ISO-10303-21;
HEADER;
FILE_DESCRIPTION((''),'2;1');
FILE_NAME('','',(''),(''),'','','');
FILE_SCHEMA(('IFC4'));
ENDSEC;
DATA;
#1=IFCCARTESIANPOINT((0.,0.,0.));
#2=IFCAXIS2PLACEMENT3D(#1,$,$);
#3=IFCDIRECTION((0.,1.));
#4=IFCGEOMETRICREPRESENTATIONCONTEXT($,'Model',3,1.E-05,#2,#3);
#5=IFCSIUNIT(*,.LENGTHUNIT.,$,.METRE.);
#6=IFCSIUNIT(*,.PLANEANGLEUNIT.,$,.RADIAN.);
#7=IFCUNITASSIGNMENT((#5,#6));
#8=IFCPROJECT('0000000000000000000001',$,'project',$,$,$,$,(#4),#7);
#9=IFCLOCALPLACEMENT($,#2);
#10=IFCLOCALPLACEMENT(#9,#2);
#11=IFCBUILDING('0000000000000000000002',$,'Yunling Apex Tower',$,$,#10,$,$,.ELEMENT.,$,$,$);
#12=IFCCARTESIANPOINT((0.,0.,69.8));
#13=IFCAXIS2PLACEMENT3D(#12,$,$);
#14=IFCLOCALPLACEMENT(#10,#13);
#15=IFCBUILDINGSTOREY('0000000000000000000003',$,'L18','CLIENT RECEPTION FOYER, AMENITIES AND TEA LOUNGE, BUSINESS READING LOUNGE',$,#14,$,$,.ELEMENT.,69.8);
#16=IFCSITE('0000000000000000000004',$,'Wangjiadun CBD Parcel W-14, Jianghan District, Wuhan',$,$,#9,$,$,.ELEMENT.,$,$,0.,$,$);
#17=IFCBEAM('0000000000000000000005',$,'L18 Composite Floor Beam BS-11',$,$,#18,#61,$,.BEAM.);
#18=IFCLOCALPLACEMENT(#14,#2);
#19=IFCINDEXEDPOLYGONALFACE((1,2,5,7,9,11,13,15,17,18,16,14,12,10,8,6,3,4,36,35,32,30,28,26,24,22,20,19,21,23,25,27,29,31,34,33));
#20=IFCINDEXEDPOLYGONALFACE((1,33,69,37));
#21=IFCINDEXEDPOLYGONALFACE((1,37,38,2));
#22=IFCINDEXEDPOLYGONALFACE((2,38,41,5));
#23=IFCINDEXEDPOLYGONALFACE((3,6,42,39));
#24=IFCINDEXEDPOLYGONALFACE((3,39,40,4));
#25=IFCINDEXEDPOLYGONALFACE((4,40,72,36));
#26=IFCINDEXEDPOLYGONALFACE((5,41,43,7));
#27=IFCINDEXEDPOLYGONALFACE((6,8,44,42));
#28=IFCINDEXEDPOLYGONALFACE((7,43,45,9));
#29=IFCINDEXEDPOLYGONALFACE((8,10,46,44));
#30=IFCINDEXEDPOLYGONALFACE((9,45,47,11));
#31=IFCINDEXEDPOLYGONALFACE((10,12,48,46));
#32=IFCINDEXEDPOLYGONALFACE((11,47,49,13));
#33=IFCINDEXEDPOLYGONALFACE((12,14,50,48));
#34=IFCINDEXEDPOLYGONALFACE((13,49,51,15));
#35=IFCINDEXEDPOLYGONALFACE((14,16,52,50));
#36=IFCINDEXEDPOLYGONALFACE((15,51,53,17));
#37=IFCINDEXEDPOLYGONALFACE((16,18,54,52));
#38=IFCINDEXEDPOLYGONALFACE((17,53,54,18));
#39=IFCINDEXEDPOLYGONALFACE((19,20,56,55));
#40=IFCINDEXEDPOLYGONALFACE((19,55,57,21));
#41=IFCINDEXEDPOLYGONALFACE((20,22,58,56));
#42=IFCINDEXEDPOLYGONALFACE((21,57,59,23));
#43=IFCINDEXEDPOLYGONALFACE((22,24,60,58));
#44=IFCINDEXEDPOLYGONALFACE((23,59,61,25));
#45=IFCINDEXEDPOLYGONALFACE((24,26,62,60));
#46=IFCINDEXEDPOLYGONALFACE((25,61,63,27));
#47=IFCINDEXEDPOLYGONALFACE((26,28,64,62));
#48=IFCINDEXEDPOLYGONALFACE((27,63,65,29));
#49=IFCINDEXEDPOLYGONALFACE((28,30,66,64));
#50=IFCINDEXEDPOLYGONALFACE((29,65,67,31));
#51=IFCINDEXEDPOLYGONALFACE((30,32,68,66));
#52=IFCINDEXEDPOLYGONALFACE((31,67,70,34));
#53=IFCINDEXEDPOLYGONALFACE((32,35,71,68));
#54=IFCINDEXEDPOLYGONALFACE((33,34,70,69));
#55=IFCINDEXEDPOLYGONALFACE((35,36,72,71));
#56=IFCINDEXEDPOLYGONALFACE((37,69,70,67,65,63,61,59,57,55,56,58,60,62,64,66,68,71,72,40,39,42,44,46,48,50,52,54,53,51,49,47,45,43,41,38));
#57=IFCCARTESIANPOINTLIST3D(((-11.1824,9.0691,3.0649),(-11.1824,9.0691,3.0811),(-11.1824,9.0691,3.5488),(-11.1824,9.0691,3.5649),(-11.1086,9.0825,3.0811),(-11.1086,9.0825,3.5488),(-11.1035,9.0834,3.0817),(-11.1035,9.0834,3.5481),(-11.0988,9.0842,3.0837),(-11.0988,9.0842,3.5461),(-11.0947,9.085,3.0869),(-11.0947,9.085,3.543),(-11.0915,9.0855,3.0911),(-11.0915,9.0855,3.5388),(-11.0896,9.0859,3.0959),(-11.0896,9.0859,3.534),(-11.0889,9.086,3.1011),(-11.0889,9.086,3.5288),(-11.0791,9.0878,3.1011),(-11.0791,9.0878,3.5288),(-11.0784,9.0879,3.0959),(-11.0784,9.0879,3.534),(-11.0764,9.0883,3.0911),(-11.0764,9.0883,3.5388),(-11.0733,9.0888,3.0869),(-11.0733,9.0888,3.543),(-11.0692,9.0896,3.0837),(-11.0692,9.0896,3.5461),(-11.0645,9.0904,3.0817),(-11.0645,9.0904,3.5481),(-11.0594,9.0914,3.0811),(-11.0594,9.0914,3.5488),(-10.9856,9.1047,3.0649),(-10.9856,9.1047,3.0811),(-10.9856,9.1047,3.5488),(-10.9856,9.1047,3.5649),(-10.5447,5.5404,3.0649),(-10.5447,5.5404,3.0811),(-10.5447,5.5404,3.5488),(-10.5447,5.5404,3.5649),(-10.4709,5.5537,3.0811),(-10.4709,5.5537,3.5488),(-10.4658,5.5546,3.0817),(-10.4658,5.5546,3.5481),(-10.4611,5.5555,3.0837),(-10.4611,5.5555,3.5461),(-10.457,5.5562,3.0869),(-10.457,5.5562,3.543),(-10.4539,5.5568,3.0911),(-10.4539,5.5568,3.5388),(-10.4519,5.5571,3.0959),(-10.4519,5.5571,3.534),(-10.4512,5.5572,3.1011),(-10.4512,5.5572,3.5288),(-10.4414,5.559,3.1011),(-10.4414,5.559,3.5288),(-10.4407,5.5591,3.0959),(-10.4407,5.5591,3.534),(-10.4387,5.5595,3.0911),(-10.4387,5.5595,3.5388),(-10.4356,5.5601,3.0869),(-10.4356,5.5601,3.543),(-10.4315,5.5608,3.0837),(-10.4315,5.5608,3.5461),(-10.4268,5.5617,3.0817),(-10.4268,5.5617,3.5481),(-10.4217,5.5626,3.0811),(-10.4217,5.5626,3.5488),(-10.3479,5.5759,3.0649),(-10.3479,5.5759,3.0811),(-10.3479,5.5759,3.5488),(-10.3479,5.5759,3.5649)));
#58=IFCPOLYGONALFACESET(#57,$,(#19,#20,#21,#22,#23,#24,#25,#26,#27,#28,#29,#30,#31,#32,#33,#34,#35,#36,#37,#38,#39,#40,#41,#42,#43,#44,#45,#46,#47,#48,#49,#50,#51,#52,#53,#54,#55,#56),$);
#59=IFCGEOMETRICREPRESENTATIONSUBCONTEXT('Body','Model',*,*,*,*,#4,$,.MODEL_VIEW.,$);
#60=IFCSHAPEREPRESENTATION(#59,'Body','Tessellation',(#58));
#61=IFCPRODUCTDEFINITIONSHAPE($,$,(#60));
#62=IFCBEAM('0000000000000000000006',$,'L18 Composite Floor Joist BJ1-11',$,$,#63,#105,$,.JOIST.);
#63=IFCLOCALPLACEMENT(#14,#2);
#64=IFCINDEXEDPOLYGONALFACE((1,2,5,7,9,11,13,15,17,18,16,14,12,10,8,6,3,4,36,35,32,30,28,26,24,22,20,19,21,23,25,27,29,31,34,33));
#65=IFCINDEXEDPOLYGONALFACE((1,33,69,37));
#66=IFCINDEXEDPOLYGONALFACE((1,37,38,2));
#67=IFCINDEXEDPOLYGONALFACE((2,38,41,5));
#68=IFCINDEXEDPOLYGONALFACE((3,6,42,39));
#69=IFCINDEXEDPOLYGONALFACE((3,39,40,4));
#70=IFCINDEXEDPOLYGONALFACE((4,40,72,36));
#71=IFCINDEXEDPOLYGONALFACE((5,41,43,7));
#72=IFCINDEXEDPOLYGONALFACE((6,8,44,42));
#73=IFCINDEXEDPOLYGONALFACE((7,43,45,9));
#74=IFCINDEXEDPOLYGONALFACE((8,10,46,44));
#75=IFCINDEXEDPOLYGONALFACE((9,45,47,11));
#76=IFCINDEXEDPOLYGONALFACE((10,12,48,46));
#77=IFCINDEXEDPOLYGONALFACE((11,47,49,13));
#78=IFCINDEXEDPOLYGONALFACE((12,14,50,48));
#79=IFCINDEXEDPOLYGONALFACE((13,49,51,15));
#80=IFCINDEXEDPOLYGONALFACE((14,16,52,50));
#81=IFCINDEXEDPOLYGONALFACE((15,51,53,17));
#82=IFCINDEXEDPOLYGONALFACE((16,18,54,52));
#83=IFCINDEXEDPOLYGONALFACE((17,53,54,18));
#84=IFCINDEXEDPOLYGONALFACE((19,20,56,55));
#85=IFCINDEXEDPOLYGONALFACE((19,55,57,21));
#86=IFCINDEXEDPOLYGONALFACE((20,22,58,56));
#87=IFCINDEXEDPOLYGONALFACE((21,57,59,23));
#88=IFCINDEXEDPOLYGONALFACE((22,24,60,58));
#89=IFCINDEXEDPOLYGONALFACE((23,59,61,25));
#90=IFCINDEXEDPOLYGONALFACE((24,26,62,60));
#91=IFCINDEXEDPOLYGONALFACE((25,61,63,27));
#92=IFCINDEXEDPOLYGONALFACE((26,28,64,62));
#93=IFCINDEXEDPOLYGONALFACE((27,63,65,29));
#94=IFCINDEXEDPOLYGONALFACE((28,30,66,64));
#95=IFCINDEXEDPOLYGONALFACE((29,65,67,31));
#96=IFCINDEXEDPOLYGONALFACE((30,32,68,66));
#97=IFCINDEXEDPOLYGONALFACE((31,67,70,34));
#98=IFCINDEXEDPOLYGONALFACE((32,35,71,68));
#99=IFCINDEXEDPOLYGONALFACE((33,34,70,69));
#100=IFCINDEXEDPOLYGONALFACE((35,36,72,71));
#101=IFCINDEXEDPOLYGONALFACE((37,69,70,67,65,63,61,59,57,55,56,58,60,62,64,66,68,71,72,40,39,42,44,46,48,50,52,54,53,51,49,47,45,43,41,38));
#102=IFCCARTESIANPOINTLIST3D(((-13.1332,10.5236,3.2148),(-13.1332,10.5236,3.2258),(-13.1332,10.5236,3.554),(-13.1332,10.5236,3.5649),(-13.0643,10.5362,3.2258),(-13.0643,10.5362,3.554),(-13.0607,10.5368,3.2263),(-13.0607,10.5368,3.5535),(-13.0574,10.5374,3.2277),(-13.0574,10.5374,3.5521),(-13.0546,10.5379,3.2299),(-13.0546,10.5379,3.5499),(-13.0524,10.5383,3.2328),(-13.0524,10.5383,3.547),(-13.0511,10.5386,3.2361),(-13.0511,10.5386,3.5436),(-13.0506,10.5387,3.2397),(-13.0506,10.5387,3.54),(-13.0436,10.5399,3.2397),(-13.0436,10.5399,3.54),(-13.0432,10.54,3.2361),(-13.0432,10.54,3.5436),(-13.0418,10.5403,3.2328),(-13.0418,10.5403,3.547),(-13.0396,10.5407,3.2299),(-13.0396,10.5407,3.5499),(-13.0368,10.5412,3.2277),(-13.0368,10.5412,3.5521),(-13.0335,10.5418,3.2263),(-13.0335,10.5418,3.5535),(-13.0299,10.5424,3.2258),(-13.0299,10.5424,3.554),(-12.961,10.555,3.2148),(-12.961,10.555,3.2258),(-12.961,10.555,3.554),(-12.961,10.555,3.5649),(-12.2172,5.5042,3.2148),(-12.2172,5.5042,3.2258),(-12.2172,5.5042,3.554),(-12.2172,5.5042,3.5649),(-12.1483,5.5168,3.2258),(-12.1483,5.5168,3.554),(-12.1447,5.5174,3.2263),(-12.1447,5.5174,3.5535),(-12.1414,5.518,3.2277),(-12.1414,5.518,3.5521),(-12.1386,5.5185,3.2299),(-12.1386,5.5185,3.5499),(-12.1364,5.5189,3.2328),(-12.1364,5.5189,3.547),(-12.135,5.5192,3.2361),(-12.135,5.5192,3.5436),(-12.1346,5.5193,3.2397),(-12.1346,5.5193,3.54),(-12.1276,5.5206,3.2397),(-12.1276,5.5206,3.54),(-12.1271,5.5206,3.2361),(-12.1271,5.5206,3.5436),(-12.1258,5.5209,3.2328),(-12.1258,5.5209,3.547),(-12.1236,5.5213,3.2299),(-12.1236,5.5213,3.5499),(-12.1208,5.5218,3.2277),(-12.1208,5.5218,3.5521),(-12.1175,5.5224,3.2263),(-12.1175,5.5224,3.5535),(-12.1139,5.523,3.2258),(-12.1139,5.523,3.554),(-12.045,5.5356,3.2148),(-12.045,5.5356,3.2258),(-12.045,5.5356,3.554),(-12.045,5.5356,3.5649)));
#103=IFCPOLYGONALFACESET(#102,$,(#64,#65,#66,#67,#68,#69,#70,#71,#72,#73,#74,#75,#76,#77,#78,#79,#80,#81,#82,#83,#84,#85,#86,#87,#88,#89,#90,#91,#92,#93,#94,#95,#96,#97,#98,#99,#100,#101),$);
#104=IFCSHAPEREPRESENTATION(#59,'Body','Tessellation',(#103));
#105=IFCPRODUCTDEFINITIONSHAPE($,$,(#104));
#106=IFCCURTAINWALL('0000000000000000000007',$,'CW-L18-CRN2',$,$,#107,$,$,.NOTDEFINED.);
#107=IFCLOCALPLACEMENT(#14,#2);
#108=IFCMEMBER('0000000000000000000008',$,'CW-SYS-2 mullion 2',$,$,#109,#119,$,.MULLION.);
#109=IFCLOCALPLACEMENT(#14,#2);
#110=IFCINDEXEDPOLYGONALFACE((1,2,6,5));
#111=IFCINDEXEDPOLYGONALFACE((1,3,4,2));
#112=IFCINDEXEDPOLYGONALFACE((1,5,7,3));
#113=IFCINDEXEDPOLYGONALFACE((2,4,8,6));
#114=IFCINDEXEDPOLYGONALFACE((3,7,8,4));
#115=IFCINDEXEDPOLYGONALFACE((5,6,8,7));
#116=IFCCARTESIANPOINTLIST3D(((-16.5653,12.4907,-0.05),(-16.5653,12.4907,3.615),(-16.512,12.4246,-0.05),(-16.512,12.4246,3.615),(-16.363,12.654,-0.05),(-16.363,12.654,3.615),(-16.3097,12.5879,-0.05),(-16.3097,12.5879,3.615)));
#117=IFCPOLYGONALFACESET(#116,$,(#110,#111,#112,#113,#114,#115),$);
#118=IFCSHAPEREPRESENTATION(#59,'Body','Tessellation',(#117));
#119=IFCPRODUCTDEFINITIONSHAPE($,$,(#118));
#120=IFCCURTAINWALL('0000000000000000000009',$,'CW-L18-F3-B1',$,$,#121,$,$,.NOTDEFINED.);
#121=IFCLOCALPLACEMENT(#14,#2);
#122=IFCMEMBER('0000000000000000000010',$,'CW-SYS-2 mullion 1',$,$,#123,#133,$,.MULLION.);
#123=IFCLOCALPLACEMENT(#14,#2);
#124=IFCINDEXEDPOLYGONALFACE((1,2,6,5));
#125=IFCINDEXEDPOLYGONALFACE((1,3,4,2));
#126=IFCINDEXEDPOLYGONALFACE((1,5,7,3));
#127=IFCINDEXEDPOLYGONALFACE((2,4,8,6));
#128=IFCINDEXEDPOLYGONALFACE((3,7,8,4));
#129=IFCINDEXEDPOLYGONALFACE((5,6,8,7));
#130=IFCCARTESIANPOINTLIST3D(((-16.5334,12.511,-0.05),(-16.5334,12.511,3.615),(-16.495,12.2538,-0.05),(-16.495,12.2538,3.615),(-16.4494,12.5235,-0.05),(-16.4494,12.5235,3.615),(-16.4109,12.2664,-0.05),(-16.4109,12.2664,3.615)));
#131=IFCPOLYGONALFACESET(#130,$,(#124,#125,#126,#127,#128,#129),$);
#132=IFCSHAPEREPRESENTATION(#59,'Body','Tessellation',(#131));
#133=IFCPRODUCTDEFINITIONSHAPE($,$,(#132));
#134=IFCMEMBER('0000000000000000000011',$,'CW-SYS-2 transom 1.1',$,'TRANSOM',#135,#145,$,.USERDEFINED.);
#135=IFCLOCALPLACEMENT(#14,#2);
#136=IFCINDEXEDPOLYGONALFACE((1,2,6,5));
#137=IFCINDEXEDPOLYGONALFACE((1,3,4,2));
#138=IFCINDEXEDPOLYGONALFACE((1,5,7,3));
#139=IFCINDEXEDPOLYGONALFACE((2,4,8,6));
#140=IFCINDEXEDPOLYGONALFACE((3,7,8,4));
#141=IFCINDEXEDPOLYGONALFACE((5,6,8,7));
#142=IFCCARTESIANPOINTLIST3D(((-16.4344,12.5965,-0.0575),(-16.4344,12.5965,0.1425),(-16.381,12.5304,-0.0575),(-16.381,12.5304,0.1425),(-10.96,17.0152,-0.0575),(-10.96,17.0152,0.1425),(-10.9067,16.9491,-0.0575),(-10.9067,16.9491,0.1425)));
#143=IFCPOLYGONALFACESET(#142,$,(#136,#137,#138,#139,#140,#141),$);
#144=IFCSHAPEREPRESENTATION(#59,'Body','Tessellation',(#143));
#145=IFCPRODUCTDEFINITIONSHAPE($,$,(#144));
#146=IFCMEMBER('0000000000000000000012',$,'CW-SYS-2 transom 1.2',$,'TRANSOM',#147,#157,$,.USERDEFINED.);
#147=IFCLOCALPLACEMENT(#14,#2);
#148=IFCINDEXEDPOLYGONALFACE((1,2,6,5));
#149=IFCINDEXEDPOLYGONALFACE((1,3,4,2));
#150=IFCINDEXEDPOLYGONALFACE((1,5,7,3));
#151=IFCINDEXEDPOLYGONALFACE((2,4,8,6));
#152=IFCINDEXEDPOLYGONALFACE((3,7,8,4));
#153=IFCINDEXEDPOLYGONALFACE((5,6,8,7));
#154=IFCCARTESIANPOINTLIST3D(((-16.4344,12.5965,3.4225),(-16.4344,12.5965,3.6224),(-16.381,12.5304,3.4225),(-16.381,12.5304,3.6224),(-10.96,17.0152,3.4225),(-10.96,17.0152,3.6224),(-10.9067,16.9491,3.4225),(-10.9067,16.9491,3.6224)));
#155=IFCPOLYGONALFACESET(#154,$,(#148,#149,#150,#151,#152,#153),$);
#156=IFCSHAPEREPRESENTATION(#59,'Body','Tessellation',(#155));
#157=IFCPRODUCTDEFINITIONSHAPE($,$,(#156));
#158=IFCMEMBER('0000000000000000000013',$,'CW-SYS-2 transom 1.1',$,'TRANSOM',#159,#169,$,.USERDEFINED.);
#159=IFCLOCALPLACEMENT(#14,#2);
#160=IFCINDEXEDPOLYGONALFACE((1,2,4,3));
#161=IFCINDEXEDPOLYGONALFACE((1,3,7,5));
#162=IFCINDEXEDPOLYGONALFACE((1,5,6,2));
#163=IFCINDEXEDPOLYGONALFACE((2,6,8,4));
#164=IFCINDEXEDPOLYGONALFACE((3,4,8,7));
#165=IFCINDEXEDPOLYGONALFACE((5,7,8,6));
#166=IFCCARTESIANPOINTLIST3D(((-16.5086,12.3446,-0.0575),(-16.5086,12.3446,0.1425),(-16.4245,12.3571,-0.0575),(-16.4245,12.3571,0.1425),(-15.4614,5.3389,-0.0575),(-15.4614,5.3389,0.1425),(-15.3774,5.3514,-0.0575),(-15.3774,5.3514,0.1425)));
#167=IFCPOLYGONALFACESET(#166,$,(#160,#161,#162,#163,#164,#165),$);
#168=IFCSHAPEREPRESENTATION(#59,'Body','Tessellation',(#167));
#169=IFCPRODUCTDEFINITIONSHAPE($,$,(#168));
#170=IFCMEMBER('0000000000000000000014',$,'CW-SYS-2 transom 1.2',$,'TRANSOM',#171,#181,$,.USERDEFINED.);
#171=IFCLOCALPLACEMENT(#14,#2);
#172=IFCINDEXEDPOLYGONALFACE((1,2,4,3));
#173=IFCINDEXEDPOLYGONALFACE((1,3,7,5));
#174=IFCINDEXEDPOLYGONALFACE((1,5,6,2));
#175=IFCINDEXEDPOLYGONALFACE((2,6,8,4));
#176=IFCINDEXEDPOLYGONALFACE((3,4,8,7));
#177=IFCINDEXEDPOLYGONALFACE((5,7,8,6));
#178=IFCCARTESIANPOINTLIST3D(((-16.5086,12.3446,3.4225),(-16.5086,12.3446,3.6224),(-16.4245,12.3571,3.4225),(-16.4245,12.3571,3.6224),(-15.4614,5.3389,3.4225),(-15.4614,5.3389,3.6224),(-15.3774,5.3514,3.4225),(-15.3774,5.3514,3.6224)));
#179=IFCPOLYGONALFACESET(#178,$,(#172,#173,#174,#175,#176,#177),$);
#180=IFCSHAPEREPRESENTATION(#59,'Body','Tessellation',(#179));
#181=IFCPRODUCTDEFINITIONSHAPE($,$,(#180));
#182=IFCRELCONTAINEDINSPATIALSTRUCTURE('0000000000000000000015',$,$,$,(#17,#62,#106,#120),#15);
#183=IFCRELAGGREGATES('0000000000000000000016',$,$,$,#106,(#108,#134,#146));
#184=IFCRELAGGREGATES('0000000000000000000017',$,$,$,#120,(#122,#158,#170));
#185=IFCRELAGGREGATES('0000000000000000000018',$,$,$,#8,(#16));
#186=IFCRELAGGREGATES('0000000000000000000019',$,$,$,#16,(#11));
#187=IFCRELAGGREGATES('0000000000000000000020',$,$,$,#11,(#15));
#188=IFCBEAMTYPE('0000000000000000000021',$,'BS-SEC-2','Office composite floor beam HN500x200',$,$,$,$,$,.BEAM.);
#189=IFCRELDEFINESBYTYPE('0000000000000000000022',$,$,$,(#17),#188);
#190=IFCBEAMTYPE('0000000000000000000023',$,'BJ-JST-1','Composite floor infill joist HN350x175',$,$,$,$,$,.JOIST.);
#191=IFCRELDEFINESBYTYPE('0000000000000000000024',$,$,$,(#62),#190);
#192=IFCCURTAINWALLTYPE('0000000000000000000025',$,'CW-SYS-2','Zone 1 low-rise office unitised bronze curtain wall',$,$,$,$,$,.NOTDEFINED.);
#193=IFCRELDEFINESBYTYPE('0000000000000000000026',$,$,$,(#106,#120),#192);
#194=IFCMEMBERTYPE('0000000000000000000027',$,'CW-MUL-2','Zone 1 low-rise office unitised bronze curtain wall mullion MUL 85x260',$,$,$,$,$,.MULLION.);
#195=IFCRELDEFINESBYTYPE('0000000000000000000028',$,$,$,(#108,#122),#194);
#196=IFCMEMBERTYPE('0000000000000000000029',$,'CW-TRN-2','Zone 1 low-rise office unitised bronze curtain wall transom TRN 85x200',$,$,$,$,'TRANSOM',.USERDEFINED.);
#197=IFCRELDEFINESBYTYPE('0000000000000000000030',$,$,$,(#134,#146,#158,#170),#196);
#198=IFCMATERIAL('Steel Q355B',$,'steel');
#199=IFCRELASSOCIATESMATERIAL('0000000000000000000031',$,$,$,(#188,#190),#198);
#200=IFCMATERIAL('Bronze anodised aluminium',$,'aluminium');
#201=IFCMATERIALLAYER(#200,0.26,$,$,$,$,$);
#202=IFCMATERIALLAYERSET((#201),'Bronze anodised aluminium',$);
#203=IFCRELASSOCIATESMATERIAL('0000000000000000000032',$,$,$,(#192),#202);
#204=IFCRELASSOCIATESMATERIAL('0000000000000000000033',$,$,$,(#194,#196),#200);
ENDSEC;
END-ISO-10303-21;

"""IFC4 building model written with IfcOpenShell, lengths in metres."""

from ifc_helpers import new_model, si_unit, direction, frame, origin, origin_2d, place, context, subcontext, project, spatial, rectangle, i_section, extrude, source, transform, mapped, material, layer, layer_set, material_profile, profile_set, type_object, element, aggregate, save


model = new_model("IFC4")

# Units and contexts
model_context = context("Model", 3, precision=1e-05, world=origin(), true_north=direction((0.0, 1.0)))
body_context = subcontext(model_context, "Body", "Model", "MODEL_VIEW")
ifc_project = project(units=[si_unit("LENGTHUNIT", "METRE"), si_unit("PLANEANGLEUNIT", "RADIAN")], contexts=[model_context])

# Site, building, storey
site_placement = place(None, origin())
site = spatial("IfcSite", under=ifc_project, at=site_placement, Name="Wangjiadun CBD Parcel W-14, Jianghan District, Wuhan", CompositionType="ELEMENT", RefElevation=0.0)
building_placement = place(site_placement, origin())
building = spatial("IfcBuilding", under=site, at=building_placement, Name="Yunling Apex Tower", CompositionType="ELEMENT")
storey_placement = place(building_placement, frame((0.0, 0.0, 69.8)))
storey = spatial("IfcBuildingStorey", under=building, at=storey_placement, Name="L18", Description="CLIENT RECEPTION FOYER, AMENITIES AND TEA LOUNGE, BUSINESS READING LOUNGE", CompositionType="ELEMENT", Elevation=69.8)

# Beams
ifc_material_1 = material(Name="Steel Q355B", Category="steel")
ifc_material_profile_1 = material_profile(ifc_material_1, i_section(OverallWidth=0.2, OverallDepth=0.5, WebThickness=0.01, FlangeThickness=0.0161, FilletRadius=0.02, at=origin_2d()))
ifc_profile_set_1 = profile_set([ifc_material_profile_1], Name="Steel Q355B")
beam_type_1 = type_object("IfcBeamType", Name="BS-SEC-2", Description="Office composite floor beam HN500x200", PredefinedType="BEAM", material=ifc_profile_set_1)
shared_shape_1 = source(origin(), body_context, "Body", "SweptSolid", [
    extrude(i_section(OverallWidth=0.2, OverallDepth=0.5, WebThickness=0.01, FlangeThickness=0.0161, FilletRadius=0.02, at=origin_2d()), origin(), (0.0, 0.0, 1.0), 3.5859),
])
beam_1_placement = place(storey_placement, frame((-11.084, 9.0869, 3.3149), z_axis=(0.177831, -0.984061, 0.0), x_axis=(0.984061, 0.177831, 0.0)))
element("IfcBeam", 1, at=beam_1_placement, inside=storey, type_object=beam_type_1, Name="L18 Composite Floor Beam BS-11", PredefinedType="BEAM", context=body_context, shape_type="MappedRepresentation", body=[
    mapped(shared_shape_1, transform((0.0, 0.0, 0.0), scale=1.0)),
])
ifc_material_profile_2 = material_profile(ifc_material_1, i_section(OverallWidth=0.175, OverallDepth=0.3501, WebThickness=0.0071, FlangeThickness=0.011, FilletRadius=0.0139, at=origin_2d()))
ifc_profile_set_2 = profile_set([ifc_material_profile_2], Name="Steel Q355B")
beam_type_2 = type_object("IfcBeamType", Name="BJ-JST-1", Description="Composite floor infill joist HN350x175", PredefinedType="JOIST", material=ifc_profile_set_2)
shared_shape_2 = source(origin(), body_context, "Body", "SweptSolid", [
    extrude(i_section(OverallWidth=0.175, OverallDepth=0.3501, WebThickness=0.0071, FlangeThickness=0.011, FilletRadius=0.0139, at=origin_2d()), origin(), (0.0, 0.0, 1.0), 5.1023),
])
beam_2_placement = place(storey_placement, frame((-13.0471, 10.5393, 3.3899), z_axis=(0.179534, -0.983752, 0.0), x_axis=(0.983752, 0.179534, 0.0)))
element("IfcBeam", 2, at=beam_2_placement, inside=storey, type_object=beam_type_2, Name="L18 Composite Floor Joist BJ1-11", PredefinedType="JOIST", context=body_context, shape_type="MappedRepresentation", body=[
    mapped(shared_shape_2, transform((0.0, 0.0, 0.0), scale=1.0)),
])

# Curtain walls, members
ifc_material_2 = material(Name="Bronze anodised aluminium", Category="aluminium")
ifc_layer_1 = layer(ifc_material_2, 0.26)
ifc_layer_set_1 = layer_set([ifc_layer_1], Name="Bronze anodised aluminium")
curtain_wall_type = type_object("IfcCurtainWallType", Name="CW-SYS-2", Description="Zone 1 low-rise office unitised bronze curtain wall", PredefinedType="NOTDEFINED", material=ifc_layer_set_1)
curtain_wall_1_placement = place(storey_placement, origin())
curtain_wall_1 = element("IfcCurtainWall", 3, at=curtain_wall_1_placement, inside=storey, type_object=curtain_wall_type, Name="CW-L18-CRN2", PredefinedType="NOTDEFINED")
ifc_material_profile_3 = material_profile(ifc_material_2, rectangle(XDim=0.085, YDim=0.26, at=origin_2d()))
ifc_profile_set_3 = profile_set([ifc_material_profile_3], Name="Bronze anodised aluminium")
member_type_1 = type_object("IfcMemberType", Name="CW-MUL-2", Description="Zone 1 low-rise office unitised bronze curtain wall mullion MUL 85x260", PredefinedType="MULLION", material=ifc_profile_set_3)
shared_shape_3 = source(origin(), body_context, "Body", "SweptSolid", [
    extrude(rectangle(XDim=0.085, YDim=0.26, at=origin_2d()), origin(), (0.0, 0.0, 1.0), 3.665),
])
member_1_placement = place(storey_placement, frame((-16.4375, 12.5393, -0.05), z_axis=(0.0, 0.0, 1.0), x_axis=(0.62808, -0.778149, 0.0)))
member_1 = element("IfcMember", 4, at=member_1_placement, type_object=member_type_1, Name="CW-SYS-2 mullion 2", PredefinedType="MULLION", context=body_context, shape_type="MappedRepresentation", body=[
    mapped(shared_shape_3, transform((0.0, 0.0, 0.0), scale=1.0)),
])
curtain_wall_2_placement = place(storey_placement, origin())
curtain_wall_2 = element("IfcCurtainWall", 5, at=curtain_wall_2_placement, inside=storey, type_object=curtain_wall_type, Name="CW-L18-F3-B1", PredefinedType="NOTDEFINED")
member_2_placement = place(storey_placement, frame((-16.4722, 12.3887, -0.05), z_axis=(0.0, 0.0, 1.0), x_axis=(0.989017, 0.147799, 0.0)))
member_2 = element("IfcMember", 6, at=member_2_placement, type_object=member_type_1, Name="CW-SYS-2 mullion 1", PredefinedType="MULLION", context=body_context, shape_type="MappedRepresentation", body=[
    mapped(shared_shape_3, transform((0.0, 0.0, 0.0), scale=1.0)),
])

# Members
ifc_material_profile_4 = material_profile(ifc_material_2, rectangle(XDim=0.085, YDim=0.2, at=origin_2d()))
ifc_profile_set_4 = profile_set([ifc_material_profile_4], Name="Bronze anodised aluminium")
member_type_2 = type_object("IfcMemberType", Name="CW-TRN-2", Description="Zone 1 low-rise office unitised bronze curtain wall transom TRN 85x200", ElementType="TRANSOM", PredefinedType="USERDEFINED", material=ifc_profile_set_4)
shared_shape_4 = source(origin(), body_context, "Body", "SweptSolid", [
    extrude(rectangle(XDim=0.085, YDim=0.2, at=origin_2d()), origin(), (0.0, 0.0, 1.0), 7.0352),
])
member_3_placement = place(storey_placement, frame((-10.9333, 16.9822, 0.0425), z_axis=(-0.778143, -0.628087, 0.0), x_axis=(0.628087, -0.778143, 0.0)))
member_3 = element("IfcMember", 7, at=member_3_placement, type_object=member_type_2, Name="CW-SYS-2 transom 1.1", ObjectType="TRANSOM", PredefinedType="USERDEFINED", context=body_context, shape_type="MappedRepresentation", body=[
    mapped(shared_shape_4, transform((0.0, 0.0, 0.0), scale=1.0)),
])
member_4_placement = place(storey_placement, frame((-10.9333, 16.9822, 3.5225), z_axis=(-0.778143, -0.628087, 0.0), x_axis=(0.628087, -0.778143, 0.0)))
member_4 = element("IfcMember", 8, at=member_4_placement, type_object=member_type_2, Name="CW-SYS-2 transom 1.2", ObjectType="TRANSOM", PredefinedType="USERDEFINED", context=body_context, shape_type="MappedRepresentation", body=[
    mapped(shared_shape_4, transform((0.0, 0.0, 0.0), scale=1.0)),
])
shared_shape_5 = source(origin(), body_context, "Body", "SweptSolid", [
    extrude(rectangle(XDim=0.085, YDim=0.2, at=origin_2d()), origin(), (0.0, 0.0, 1.0), 7.0835),
])
member_5_placement = place(storey_placement, frame((-16.4666, 12.3508, 0.0425), z_axis=(0.147826, -0.989013, 0.0), x_axis=(0.989013, 0.147826, 0.0)))
member_5 = element("IfcMember", 9, at=member_5_placement, type_object=member_type_2, Name="CW-SYS-2 transom 1.1", ObjectType="TRANSOM", PredefinedType="USERDEFINED", context=body_context, shape_type="MappedRepresentation", body=[
    mapped(shared_shape_5, transform((0.0, 0.0, 0.0), scale=1.0)),
])
member_6_placement = place(storey_placement, frame((-16.4666, 12.3508, 3.5225), z_axis=(0.147826, -0.989013, 0.0), x_axis=(0.989013, 0.147826, 0.0)))
member_6 = element("IfcMember", 10, at=member_6_placement, type_object=member_type_2, Name="CW-SYS-2 transom 1.2", ObjectType="TRANSOM", PredefinedType="USERDEFINED", context=body_context, shape_type="MappedRepresentation", body=[
    mapped(shared_shape_5, transform((0.0, 0.0, 0.0), scale=1.0)),
])

aggregate(curtain_wall_1, [member_1, member_3, member_4])
aggregate(curtain_wall_2, [member_2, member_5, member_6])

save(model, "model.ifc")
